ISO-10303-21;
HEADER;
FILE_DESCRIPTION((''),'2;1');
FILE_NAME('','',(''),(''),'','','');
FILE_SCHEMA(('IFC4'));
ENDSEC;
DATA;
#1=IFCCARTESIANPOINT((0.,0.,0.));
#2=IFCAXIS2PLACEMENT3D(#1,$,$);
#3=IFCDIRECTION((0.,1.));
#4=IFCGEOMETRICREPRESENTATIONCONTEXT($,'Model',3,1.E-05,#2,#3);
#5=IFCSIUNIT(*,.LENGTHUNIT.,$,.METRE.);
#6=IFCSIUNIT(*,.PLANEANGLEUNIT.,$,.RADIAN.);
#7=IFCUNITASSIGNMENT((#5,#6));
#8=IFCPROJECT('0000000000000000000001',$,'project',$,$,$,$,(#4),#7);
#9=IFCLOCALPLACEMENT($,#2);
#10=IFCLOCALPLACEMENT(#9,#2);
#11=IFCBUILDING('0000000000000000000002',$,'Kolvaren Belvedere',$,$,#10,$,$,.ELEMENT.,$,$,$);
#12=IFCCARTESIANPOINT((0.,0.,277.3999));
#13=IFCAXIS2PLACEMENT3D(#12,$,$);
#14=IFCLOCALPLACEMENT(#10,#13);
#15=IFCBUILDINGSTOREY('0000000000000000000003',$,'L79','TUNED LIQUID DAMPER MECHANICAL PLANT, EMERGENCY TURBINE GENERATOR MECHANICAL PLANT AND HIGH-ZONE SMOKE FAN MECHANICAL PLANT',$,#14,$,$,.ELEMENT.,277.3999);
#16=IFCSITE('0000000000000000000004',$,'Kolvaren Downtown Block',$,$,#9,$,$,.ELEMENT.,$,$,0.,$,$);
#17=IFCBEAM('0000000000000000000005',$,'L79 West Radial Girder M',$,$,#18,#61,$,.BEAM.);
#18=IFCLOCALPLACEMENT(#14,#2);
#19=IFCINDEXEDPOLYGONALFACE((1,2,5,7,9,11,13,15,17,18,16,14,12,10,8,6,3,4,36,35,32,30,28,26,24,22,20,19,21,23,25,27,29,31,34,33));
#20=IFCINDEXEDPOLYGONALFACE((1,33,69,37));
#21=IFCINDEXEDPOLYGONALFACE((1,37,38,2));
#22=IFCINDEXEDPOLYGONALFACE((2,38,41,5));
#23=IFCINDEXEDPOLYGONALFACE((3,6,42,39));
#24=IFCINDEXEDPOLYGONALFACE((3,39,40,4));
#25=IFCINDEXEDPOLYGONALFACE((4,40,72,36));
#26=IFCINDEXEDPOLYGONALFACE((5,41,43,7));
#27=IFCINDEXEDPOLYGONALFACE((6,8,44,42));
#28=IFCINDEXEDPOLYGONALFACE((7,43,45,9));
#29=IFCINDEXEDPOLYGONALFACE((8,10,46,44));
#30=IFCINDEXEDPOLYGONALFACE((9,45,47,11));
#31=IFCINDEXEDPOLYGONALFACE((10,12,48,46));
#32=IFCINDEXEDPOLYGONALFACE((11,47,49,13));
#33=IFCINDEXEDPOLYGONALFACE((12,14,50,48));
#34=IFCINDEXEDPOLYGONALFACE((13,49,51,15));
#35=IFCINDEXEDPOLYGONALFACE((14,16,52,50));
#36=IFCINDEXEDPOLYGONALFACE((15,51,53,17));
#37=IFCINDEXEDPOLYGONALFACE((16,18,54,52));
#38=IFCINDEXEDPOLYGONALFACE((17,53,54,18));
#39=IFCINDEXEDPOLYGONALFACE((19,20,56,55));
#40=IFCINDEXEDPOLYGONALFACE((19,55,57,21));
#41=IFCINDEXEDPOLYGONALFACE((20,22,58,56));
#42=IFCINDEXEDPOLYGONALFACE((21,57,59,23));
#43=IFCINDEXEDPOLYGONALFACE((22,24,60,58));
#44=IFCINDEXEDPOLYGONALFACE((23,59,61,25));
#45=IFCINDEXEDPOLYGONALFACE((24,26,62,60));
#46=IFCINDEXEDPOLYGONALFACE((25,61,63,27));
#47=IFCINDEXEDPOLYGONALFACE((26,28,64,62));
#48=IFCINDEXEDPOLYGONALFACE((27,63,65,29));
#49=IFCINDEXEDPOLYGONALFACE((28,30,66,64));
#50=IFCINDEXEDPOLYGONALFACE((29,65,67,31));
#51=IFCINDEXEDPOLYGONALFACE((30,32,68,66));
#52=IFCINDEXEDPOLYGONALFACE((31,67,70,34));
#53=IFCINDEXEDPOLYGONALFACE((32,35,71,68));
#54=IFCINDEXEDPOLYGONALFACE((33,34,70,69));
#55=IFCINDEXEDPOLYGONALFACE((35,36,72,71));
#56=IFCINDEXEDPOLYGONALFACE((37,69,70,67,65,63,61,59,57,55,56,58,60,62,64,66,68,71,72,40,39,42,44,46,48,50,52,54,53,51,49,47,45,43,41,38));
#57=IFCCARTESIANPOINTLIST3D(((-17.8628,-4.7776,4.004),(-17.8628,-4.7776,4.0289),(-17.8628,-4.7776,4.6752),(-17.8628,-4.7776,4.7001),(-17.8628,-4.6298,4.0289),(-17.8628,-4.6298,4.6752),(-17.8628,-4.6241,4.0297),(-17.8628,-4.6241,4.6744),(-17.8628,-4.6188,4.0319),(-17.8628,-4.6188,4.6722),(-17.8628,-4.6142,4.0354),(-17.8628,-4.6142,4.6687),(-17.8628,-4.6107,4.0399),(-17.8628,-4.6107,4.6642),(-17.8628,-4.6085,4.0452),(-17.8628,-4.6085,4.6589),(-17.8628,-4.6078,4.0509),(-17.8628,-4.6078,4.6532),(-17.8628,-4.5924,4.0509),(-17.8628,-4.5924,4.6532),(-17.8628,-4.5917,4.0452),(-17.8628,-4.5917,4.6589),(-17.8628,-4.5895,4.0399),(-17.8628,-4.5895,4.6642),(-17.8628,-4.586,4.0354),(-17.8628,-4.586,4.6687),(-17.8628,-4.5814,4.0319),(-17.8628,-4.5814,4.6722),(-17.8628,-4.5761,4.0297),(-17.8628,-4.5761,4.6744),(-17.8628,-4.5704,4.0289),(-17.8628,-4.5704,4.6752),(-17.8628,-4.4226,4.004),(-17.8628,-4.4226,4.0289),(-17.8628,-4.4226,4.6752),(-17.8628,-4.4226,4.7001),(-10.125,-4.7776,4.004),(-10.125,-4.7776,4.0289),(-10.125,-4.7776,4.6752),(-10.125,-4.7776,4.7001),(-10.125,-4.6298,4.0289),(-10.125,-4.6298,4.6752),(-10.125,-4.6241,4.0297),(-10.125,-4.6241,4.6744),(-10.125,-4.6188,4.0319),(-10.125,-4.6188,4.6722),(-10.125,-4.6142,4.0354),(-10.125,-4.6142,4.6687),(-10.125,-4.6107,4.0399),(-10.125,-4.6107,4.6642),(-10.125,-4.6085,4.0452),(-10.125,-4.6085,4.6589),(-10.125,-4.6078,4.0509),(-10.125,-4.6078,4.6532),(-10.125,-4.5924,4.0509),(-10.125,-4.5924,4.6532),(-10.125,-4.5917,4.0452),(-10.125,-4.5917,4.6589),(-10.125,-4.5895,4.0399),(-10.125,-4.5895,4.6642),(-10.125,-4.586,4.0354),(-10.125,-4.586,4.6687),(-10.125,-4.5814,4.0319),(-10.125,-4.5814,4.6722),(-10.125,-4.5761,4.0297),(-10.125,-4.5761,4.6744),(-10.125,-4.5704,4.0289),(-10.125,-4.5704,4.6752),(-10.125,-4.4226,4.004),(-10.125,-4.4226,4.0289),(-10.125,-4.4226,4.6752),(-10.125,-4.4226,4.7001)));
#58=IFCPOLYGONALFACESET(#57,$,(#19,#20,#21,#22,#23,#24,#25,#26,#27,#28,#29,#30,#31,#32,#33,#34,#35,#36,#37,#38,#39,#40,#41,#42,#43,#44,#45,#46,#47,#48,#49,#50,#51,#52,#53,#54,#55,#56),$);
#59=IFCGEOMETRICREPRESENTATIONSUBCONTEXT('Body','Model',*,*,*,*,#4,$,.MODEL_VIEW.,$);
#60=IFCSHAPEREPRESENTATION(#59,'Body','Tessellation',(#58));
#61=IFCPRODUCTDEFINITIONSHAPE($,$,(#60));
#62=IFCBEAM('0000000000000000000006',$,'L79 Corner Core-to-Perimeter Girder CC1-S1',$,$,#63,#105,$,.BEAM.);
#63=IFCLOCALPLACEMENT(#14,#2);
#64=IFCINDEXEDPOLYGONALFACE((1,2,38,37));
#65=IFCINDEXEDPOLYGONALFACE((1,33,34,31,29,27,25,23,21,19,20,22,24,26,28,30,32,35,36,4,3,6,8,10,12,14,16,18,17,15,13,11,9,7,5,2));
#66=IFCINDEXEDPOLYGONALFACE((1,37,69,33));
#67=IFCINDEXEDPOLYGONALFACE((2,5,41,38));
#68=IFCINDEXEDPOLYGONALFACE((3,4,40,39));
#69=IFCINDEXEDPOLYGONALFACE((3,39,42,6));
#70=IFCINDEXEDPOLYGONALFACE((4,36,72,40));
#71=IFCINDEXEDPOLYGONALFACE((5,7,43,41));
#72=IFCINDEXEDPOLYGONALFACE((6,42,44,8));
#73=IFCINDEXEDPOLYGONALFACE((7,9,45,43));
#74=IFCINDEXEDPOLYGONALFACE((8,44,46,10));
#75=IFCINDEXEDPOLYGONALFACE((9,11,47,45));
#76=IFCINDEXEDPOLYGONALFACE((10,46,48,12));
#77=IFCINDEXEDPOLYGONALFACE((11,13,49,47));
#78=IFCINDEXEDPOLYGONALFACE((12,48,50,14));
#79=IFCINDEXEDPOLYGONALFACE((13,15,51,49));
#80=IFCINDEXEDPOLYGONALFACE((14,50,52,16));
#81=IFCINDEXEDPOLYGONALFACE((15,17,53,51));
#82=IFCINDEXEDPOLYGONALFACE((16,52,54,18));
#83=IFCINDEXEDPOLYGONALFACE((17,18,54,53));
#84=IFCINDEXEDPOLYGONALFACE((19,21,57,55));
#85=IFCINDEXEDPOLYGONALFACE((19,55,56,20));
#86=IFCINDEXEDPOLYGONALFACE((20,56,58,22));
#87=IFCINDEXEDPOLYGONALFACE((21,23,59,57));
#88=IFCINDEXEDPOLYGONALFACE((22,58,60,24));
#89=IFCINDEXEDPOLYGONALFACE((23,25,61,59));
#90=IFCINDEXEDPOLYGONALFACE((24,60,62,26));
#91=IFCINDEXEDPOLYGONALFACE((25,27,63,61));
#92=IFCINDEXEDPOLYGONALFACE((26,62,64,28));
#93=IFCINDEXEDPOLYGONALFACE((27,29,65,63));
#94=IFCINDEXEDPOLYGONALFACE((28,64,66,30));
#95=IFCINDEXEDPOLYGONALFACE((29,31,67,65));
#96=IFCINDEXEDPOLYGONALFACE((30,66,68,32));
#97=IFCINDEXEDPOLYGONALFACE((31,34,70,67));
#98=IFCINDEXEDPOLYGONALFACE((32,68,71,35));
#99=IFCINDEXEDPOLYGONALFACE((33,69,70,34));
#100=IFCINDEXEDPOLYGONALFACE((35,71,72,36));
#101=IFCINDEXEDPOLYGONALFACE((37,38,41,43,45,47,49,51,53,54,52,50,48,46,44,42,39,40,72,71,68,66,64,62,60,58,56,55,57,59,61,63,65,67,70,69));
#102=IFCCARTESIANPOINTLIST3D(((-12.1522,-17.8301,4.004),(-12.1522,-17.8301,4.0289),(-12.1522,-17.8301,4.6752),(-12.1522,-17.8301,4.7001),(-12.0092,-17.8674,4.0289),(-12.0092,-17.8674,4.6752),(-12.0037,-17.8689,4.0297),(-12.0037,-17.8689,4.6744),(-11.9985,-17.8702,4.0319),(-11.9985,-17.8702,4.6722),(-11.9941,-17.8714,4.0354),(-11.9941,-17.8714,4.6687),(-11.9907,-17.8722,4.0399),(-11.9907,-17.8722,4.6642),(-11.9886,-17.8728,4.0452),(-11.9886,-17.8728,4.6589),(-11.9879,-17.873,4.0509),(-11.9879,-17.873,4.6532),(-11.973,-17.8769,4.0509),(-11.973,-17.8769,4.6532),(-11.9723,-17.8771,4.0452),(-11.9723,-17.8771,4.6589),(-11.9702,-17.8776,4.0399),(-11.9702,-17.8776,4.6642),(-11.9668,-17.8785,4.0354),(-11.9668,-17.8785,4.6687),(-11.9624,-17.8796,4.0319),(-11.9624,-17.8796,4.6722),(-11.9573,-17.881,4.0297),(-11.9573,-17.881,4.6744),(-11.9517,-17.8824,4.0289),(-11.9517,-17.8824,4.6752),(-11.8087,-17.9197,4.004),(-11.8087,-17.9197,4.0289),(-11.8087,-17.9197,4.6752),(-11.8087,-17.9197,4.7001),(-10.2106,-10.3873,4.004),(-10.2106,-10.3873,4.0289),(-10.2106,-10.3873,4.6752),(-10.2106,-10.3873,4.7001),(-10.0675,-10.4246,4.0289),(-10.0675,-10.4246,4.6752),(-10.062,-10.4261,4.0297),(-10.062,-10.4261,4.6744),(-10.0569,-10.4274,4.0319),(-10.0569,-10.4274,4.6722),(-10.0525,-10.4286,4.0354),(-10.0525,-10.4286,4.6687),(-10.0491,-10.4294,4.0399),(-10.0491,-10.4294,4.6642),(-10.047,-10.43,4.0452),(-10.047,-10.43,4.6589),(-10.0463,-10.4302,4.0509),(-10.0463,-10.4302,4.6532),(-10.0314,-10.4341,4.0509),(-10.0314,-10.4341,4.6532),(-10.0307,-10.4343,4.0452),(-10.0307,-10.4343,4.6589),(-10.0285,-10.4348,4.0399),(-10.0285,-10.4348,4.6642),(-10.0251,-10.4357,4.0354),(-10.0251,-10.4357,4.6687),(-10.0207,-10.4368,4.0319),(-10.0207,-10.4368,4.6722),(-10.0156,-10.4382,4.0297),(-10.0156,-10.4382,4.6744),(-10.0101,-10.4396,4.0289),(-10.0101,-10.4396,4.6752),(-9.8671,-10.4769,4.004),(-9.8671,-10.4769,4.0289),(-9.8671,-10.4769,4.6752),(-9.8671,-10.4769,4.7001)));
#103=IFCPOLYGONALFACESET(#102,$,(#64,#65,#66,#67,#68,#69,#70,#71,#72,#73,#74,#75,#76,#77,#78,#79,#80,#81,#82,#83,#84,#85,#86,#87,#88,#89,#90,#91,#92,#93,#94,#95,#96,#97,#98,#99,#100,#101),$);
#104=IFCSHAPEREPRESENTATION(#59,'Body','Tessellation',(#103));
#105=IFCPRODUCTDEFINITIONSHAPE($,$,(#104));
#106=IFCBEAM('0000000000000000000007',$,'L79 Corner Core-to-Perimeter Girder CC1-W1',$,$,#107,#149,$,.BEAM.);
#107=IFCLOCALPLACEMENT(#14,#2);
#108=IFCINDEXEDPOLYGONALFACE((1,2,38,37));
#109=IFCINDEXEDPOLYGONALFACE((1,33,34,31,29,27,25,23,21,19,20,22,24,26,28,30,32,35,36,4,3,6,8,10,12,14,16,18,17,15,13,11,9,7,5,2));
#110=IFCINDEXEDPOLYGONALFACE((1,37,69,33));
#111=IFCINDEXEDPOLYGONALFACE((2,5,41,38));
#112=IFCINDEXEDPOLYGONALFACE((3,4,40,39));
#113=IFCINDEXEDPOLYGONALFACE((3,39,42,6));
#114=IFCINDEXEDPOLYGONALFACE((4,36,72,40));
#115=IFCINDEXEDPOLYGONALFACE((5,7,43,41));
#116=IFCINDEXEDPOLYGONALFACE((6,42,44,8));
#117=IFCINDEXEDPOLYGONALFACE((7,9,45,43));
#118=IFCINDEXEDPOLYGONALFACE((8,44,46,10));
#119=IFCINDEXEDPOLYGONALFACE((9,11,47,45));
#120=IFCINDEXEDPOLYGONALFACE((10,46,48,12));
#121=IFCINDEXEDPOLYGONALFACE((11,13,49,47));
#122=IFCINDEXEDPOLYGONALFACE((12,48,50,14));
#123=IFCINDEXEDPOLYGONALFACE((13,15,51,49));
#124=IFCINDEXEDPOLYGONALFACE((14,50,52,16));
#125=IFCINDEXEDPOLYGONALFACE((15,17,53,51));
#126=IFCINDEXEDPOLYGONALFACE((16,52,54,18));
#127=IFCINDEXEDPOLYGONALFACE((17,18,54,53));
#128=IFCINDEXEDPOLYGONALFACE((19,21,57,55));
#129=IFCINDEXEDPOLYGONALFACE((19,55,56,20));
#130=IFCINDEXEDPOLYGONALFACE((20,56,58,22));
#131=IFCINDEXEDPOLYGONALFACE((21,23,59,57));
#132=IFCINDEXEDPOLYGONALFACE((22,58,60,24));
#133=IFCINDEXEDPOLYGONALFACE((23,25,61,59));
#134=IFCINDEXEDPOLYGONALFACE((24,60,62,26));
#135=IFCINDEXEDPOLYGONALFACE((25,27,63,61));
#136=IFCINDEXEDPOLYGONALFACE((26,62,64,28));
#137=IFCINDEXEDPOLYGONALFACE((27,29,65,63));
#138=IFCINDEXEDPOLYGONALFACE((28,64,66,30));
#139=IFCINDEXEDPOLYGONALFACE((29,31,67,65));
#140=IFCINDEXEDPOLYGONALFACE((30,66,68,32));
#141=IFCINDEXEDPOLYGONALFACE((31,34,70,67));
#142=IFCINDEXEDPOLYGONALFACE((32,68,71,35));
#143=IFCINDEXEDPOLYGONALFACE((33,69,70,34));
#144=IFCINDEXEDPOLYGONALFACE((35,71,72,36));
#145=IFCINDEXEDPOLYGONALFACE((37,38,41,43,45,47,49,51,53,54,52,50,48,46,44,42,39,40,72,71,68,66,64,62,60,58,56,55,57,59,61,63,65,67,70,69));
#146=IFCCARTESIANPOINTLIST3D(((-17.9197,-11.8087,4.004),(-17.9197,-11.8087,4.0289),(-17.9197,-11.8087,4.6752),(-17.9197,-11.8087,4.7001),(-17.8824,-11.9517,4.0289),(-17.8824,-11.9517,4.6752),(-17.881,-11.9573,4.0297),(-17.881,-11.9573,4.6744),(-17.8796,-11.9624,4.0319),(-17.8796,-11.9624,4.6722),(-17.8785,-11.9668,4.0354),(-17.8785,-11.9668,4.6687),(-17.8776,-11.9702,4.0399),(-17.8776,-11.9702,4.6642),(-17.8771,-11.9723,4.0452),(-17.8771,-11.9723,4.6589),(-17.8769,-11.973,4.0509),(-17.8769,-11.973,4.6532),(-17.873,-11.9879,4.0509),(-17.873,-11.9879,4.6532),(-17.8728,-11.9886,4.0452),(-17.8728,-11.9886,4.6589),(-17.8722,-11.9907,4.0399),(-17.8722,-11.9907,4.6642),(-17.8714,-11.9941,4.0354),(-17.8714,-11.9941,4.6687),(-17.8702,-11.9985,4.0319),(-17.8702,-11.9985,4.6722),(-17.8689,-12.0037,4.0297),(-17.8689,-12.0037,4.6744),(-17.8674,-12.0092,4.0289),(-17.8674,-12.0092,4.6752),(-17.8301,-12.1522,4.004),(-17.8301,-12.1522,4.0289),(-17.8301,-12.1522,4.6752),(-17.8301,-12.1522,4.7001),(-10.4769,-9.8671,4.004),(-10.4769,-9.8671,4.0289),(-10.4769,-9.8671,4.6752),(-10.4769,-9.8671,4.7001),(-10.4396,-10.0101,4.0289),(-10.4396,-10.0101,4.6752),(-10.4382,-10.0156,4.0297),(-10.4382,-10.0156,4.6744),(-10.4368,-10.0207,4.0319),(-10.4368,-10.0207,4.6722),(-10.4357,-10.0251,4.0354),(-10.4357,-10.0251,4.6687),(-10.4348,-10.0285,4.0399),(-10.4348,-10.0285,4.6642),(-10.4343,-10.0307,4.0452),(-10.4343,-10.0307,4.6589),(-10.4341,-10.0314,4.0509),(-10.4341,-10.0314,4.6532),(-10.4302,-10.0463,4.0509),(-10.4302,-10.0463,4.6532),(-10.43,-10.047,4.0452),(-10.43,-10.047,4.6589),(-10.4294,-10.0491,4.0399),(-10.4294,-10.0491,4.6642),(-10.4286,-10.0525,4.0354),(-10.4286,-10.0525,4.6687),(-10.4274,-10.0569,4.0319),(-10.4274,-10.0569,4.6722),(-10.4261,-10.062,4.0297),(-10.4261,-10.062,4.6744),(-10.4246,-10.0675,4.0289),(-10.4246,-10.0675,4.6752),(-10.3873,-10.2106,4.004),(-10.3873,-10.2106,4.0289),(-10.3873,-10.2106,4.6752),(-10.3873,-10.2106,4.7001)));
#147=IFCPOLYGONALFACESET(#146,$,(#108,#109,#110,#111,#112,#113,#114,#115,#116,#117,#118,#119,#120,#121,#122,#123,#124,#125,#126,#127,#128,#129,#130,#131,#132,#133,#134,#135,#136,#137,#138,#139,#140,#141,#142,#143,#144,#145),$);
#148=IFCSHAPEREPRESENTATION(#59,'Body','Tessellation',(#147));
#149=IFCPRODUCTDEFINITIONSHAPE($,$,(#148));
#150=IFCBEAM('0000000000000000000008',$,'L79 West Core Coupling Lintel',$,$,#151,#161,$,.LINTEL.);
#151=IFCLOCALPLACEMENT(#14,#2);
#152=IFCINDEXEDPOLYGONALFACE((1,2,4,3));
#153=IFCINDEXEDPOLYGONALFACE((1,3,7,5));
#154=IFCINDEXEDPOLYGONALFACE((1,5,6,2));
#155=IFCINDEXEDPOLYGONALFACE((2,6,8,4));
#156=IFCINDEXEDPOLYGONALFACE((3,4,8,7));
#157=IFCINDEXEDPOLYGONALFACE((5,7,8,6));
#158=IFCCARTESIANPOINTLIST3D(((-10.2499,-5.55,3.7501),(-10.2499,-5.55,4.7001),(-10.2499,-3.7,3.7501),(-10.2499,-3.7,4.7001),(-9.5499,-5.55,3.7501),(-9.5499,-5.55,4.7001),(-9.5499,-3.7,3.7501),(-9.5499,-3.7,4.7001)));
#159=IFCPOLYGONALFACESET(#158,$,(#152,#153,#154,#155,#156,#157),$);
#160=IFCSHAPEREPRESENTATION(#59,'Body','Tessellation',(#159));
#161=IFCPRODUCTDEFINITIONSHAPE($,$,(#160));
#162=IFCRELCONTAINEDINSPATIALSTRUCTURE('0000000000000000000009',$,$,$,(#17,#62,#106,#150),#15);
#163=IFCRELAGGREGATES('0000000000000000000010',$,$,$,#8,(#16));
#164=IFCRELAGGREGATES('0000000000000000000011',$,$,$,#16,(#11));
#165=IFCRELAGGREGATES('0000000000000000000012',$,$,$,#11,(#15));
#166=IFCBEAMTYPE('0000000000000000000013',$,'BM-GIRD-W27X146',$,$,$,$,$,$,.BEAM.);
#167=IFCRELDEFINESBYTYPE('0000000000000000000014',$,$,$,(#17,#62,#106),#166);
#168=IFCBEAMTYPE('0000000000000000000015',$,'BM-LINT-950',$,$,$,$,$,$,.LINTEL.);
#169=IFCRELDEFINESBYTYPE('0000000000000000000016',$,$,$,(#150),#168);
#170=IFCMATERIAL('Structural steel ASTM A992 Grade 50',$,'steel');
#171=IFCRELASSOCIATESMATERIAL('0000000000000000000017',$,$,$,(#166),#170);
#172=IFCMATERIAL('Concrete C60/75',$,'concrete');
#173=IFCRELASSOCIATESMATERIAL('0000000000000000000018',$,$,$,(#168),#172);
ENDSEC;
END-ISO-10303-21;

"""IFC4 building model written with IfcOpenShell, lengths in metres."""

from ifc_helpers import new_model, si_unit, direction, frame, origin, origin_2d, place, context, subcontext, project, spatial, rectangle, i_section, extrude, material, material_profile, profile_set, type_object, element, save


model = new_model("IFC4")

# Units and contexts
model_context = context("Model", 3, precision=1e-05, world=origin(), true_north=direction((0.0, 1.0)))
body_context = subcontext(model_context, "Body", "Model", "MODEL_VIEW")
ifc_project = project(units=[si_unit("LENGTHUNIT", "METRE"), si_unit("PLANEANGLEUNIT", "RADIAN")], contexts=[model_context])

# Site, building, storey
site_placement = place(None, origin())
site = spatial("IfcSite", under=ifc_project, at=site_placement, Name="Kolvaren Downtown Block", CompositionType="ELEMENT", RefElevation=0.0)
building_placement = place(site_placement, origin())
building = spatial("IfcBuilding", under=site, at=building_placement, Name="Kolvaren Belvedere", CompositionType="ELEMENT")
storey_placement = place(building_placement, frame((0.0, 0.0, 277.3999)))
storey = spatial("IfcBuildingStorey", under=building, at=storey_placement, Name="L79", Description="TUNED LIQUID DAMPER MECHANICAL PLANT, EMERGENCY TURBINE GENERATOR MECHANICAL PLANT AND HIGH-ZONE SMOKE FAN MECHANICAL PLANT", CompositionType="ELEMENT", Elevation=277.3999)

# Beams
ifc_material_1 = material(Name="Structural steel ASTM A992 Grade 50", Category="steel")
ifc_material_profile_1 = material_profile(ifc_material_1, i_section(OverallWidth=0.355, OverallDepth=0.696, WebThickness=0.0154, FlangeThickness=0.0249, FilletRadius=0.022, at=origin_2d()), Name="W27X146")
ifc_profile_set_1 = profile_set([ifc_material_profile_1], Name="Structural steel ASTM A992 Grade 50")
beam_type_1 = type_object("IfcBeamType", Name="BM-GIRD-W27X146", PredefinedType="BEAM", material=ifc_profile_set_1)
beam_1_placement = place(storey_placement, frame((-10.125, -4.6001, 4.3521), z_axis=(-1.0, 0.0, 0.0), x_axis=(0.0, -1.0, 0.0)))
element("IfcBeam", 1, at=beam_1_placement, inside=storey, type_object=beam_type_1, Name="L79 West Radial Girder M", PredefinedType="BEAM", context=body_context, shape_type="SweptSolid", body=[
    extrude(i_section(OverallWidth=0.355, OverallDepth=0.696, WebThickness=0.0154, FlangeThickness=0.0249, FilletRadius=0.022, at=origin_2d()), origin(), (0.0, 0.0, 1.0), 7.7378),
])
for number, where, z_axis, x_axis, name in (
    (2, (-10.0388, -10.4321, 4.3521), (-0.252426, -0.967616, 0.0), (0.967616, -0.252426, 0.0), "L79 Corner Core-to-Perimeter Girder CC1-S1"),
    (3, (-10.4321, -10.0388, 4.3521), (-0.967616, -0.252426, 0.0), (0.252426, -0.967616, 0.0), "L79 Corner Core-to-Perimeter Girder CC1-W1"),
):
    element("IfcBeam", number, at=place(storey_placement, frame(where, z_axis=z_axis, x_axis=x_axis)), inside=storey, type_object=beam_type_1, Name=name, PredefinedType="BEAM", context=body_context, shape_type="SweptSolid", body=[
        extrude(i_section(OverallWidth=0.355, OverallDepth=0.696, WebThickness=0.0154, FlangeThickness=0.0249, FilletRadius=0.022, at=origin_2d()), origin(), (0.0, 0.0, 1.0), 7.6919),
    ])
ifc_material_2 = material(Name="Concrete C60/75", Category="concrete")
ifc_material_profile_2 = material_profile(ifc_material_2, rectangle(XDim=0.7, YDim=0.95, at=origin_2d()), Name="RC 700X950")
ifc_profile_set_2 = profile_set([ifc_material_profile_2], Name="Concrete C60/75")
beam_type_2 = type_object("IfcBeamType", Name="BM-LINT-950", PredefinedType="LINTEL", material=ifc_profile_set_2)
beam_2_placement = place(storey_placement, frame((-9.8999, -5.55, 4.2251), z_axis=(0.0, 1.0, 0.0), x_axis=(-1.0, 0.0, 0.0)))
element("IfcBeam", 4, at=beam_2_placement, inside=storey, type_object=beam_type_2, Name="L79 West Core Coupling Lintel", PredefinedType="LINTEL", context=body_context, shape_type="SweptSolid", body=[
    extrude(rectangle(XDim=0.7, YDim=0.95, at=origin_2d()), origin(), (0.0, 0.0, 1.0), 1.8501),
])

save(model, "model.ifc")
